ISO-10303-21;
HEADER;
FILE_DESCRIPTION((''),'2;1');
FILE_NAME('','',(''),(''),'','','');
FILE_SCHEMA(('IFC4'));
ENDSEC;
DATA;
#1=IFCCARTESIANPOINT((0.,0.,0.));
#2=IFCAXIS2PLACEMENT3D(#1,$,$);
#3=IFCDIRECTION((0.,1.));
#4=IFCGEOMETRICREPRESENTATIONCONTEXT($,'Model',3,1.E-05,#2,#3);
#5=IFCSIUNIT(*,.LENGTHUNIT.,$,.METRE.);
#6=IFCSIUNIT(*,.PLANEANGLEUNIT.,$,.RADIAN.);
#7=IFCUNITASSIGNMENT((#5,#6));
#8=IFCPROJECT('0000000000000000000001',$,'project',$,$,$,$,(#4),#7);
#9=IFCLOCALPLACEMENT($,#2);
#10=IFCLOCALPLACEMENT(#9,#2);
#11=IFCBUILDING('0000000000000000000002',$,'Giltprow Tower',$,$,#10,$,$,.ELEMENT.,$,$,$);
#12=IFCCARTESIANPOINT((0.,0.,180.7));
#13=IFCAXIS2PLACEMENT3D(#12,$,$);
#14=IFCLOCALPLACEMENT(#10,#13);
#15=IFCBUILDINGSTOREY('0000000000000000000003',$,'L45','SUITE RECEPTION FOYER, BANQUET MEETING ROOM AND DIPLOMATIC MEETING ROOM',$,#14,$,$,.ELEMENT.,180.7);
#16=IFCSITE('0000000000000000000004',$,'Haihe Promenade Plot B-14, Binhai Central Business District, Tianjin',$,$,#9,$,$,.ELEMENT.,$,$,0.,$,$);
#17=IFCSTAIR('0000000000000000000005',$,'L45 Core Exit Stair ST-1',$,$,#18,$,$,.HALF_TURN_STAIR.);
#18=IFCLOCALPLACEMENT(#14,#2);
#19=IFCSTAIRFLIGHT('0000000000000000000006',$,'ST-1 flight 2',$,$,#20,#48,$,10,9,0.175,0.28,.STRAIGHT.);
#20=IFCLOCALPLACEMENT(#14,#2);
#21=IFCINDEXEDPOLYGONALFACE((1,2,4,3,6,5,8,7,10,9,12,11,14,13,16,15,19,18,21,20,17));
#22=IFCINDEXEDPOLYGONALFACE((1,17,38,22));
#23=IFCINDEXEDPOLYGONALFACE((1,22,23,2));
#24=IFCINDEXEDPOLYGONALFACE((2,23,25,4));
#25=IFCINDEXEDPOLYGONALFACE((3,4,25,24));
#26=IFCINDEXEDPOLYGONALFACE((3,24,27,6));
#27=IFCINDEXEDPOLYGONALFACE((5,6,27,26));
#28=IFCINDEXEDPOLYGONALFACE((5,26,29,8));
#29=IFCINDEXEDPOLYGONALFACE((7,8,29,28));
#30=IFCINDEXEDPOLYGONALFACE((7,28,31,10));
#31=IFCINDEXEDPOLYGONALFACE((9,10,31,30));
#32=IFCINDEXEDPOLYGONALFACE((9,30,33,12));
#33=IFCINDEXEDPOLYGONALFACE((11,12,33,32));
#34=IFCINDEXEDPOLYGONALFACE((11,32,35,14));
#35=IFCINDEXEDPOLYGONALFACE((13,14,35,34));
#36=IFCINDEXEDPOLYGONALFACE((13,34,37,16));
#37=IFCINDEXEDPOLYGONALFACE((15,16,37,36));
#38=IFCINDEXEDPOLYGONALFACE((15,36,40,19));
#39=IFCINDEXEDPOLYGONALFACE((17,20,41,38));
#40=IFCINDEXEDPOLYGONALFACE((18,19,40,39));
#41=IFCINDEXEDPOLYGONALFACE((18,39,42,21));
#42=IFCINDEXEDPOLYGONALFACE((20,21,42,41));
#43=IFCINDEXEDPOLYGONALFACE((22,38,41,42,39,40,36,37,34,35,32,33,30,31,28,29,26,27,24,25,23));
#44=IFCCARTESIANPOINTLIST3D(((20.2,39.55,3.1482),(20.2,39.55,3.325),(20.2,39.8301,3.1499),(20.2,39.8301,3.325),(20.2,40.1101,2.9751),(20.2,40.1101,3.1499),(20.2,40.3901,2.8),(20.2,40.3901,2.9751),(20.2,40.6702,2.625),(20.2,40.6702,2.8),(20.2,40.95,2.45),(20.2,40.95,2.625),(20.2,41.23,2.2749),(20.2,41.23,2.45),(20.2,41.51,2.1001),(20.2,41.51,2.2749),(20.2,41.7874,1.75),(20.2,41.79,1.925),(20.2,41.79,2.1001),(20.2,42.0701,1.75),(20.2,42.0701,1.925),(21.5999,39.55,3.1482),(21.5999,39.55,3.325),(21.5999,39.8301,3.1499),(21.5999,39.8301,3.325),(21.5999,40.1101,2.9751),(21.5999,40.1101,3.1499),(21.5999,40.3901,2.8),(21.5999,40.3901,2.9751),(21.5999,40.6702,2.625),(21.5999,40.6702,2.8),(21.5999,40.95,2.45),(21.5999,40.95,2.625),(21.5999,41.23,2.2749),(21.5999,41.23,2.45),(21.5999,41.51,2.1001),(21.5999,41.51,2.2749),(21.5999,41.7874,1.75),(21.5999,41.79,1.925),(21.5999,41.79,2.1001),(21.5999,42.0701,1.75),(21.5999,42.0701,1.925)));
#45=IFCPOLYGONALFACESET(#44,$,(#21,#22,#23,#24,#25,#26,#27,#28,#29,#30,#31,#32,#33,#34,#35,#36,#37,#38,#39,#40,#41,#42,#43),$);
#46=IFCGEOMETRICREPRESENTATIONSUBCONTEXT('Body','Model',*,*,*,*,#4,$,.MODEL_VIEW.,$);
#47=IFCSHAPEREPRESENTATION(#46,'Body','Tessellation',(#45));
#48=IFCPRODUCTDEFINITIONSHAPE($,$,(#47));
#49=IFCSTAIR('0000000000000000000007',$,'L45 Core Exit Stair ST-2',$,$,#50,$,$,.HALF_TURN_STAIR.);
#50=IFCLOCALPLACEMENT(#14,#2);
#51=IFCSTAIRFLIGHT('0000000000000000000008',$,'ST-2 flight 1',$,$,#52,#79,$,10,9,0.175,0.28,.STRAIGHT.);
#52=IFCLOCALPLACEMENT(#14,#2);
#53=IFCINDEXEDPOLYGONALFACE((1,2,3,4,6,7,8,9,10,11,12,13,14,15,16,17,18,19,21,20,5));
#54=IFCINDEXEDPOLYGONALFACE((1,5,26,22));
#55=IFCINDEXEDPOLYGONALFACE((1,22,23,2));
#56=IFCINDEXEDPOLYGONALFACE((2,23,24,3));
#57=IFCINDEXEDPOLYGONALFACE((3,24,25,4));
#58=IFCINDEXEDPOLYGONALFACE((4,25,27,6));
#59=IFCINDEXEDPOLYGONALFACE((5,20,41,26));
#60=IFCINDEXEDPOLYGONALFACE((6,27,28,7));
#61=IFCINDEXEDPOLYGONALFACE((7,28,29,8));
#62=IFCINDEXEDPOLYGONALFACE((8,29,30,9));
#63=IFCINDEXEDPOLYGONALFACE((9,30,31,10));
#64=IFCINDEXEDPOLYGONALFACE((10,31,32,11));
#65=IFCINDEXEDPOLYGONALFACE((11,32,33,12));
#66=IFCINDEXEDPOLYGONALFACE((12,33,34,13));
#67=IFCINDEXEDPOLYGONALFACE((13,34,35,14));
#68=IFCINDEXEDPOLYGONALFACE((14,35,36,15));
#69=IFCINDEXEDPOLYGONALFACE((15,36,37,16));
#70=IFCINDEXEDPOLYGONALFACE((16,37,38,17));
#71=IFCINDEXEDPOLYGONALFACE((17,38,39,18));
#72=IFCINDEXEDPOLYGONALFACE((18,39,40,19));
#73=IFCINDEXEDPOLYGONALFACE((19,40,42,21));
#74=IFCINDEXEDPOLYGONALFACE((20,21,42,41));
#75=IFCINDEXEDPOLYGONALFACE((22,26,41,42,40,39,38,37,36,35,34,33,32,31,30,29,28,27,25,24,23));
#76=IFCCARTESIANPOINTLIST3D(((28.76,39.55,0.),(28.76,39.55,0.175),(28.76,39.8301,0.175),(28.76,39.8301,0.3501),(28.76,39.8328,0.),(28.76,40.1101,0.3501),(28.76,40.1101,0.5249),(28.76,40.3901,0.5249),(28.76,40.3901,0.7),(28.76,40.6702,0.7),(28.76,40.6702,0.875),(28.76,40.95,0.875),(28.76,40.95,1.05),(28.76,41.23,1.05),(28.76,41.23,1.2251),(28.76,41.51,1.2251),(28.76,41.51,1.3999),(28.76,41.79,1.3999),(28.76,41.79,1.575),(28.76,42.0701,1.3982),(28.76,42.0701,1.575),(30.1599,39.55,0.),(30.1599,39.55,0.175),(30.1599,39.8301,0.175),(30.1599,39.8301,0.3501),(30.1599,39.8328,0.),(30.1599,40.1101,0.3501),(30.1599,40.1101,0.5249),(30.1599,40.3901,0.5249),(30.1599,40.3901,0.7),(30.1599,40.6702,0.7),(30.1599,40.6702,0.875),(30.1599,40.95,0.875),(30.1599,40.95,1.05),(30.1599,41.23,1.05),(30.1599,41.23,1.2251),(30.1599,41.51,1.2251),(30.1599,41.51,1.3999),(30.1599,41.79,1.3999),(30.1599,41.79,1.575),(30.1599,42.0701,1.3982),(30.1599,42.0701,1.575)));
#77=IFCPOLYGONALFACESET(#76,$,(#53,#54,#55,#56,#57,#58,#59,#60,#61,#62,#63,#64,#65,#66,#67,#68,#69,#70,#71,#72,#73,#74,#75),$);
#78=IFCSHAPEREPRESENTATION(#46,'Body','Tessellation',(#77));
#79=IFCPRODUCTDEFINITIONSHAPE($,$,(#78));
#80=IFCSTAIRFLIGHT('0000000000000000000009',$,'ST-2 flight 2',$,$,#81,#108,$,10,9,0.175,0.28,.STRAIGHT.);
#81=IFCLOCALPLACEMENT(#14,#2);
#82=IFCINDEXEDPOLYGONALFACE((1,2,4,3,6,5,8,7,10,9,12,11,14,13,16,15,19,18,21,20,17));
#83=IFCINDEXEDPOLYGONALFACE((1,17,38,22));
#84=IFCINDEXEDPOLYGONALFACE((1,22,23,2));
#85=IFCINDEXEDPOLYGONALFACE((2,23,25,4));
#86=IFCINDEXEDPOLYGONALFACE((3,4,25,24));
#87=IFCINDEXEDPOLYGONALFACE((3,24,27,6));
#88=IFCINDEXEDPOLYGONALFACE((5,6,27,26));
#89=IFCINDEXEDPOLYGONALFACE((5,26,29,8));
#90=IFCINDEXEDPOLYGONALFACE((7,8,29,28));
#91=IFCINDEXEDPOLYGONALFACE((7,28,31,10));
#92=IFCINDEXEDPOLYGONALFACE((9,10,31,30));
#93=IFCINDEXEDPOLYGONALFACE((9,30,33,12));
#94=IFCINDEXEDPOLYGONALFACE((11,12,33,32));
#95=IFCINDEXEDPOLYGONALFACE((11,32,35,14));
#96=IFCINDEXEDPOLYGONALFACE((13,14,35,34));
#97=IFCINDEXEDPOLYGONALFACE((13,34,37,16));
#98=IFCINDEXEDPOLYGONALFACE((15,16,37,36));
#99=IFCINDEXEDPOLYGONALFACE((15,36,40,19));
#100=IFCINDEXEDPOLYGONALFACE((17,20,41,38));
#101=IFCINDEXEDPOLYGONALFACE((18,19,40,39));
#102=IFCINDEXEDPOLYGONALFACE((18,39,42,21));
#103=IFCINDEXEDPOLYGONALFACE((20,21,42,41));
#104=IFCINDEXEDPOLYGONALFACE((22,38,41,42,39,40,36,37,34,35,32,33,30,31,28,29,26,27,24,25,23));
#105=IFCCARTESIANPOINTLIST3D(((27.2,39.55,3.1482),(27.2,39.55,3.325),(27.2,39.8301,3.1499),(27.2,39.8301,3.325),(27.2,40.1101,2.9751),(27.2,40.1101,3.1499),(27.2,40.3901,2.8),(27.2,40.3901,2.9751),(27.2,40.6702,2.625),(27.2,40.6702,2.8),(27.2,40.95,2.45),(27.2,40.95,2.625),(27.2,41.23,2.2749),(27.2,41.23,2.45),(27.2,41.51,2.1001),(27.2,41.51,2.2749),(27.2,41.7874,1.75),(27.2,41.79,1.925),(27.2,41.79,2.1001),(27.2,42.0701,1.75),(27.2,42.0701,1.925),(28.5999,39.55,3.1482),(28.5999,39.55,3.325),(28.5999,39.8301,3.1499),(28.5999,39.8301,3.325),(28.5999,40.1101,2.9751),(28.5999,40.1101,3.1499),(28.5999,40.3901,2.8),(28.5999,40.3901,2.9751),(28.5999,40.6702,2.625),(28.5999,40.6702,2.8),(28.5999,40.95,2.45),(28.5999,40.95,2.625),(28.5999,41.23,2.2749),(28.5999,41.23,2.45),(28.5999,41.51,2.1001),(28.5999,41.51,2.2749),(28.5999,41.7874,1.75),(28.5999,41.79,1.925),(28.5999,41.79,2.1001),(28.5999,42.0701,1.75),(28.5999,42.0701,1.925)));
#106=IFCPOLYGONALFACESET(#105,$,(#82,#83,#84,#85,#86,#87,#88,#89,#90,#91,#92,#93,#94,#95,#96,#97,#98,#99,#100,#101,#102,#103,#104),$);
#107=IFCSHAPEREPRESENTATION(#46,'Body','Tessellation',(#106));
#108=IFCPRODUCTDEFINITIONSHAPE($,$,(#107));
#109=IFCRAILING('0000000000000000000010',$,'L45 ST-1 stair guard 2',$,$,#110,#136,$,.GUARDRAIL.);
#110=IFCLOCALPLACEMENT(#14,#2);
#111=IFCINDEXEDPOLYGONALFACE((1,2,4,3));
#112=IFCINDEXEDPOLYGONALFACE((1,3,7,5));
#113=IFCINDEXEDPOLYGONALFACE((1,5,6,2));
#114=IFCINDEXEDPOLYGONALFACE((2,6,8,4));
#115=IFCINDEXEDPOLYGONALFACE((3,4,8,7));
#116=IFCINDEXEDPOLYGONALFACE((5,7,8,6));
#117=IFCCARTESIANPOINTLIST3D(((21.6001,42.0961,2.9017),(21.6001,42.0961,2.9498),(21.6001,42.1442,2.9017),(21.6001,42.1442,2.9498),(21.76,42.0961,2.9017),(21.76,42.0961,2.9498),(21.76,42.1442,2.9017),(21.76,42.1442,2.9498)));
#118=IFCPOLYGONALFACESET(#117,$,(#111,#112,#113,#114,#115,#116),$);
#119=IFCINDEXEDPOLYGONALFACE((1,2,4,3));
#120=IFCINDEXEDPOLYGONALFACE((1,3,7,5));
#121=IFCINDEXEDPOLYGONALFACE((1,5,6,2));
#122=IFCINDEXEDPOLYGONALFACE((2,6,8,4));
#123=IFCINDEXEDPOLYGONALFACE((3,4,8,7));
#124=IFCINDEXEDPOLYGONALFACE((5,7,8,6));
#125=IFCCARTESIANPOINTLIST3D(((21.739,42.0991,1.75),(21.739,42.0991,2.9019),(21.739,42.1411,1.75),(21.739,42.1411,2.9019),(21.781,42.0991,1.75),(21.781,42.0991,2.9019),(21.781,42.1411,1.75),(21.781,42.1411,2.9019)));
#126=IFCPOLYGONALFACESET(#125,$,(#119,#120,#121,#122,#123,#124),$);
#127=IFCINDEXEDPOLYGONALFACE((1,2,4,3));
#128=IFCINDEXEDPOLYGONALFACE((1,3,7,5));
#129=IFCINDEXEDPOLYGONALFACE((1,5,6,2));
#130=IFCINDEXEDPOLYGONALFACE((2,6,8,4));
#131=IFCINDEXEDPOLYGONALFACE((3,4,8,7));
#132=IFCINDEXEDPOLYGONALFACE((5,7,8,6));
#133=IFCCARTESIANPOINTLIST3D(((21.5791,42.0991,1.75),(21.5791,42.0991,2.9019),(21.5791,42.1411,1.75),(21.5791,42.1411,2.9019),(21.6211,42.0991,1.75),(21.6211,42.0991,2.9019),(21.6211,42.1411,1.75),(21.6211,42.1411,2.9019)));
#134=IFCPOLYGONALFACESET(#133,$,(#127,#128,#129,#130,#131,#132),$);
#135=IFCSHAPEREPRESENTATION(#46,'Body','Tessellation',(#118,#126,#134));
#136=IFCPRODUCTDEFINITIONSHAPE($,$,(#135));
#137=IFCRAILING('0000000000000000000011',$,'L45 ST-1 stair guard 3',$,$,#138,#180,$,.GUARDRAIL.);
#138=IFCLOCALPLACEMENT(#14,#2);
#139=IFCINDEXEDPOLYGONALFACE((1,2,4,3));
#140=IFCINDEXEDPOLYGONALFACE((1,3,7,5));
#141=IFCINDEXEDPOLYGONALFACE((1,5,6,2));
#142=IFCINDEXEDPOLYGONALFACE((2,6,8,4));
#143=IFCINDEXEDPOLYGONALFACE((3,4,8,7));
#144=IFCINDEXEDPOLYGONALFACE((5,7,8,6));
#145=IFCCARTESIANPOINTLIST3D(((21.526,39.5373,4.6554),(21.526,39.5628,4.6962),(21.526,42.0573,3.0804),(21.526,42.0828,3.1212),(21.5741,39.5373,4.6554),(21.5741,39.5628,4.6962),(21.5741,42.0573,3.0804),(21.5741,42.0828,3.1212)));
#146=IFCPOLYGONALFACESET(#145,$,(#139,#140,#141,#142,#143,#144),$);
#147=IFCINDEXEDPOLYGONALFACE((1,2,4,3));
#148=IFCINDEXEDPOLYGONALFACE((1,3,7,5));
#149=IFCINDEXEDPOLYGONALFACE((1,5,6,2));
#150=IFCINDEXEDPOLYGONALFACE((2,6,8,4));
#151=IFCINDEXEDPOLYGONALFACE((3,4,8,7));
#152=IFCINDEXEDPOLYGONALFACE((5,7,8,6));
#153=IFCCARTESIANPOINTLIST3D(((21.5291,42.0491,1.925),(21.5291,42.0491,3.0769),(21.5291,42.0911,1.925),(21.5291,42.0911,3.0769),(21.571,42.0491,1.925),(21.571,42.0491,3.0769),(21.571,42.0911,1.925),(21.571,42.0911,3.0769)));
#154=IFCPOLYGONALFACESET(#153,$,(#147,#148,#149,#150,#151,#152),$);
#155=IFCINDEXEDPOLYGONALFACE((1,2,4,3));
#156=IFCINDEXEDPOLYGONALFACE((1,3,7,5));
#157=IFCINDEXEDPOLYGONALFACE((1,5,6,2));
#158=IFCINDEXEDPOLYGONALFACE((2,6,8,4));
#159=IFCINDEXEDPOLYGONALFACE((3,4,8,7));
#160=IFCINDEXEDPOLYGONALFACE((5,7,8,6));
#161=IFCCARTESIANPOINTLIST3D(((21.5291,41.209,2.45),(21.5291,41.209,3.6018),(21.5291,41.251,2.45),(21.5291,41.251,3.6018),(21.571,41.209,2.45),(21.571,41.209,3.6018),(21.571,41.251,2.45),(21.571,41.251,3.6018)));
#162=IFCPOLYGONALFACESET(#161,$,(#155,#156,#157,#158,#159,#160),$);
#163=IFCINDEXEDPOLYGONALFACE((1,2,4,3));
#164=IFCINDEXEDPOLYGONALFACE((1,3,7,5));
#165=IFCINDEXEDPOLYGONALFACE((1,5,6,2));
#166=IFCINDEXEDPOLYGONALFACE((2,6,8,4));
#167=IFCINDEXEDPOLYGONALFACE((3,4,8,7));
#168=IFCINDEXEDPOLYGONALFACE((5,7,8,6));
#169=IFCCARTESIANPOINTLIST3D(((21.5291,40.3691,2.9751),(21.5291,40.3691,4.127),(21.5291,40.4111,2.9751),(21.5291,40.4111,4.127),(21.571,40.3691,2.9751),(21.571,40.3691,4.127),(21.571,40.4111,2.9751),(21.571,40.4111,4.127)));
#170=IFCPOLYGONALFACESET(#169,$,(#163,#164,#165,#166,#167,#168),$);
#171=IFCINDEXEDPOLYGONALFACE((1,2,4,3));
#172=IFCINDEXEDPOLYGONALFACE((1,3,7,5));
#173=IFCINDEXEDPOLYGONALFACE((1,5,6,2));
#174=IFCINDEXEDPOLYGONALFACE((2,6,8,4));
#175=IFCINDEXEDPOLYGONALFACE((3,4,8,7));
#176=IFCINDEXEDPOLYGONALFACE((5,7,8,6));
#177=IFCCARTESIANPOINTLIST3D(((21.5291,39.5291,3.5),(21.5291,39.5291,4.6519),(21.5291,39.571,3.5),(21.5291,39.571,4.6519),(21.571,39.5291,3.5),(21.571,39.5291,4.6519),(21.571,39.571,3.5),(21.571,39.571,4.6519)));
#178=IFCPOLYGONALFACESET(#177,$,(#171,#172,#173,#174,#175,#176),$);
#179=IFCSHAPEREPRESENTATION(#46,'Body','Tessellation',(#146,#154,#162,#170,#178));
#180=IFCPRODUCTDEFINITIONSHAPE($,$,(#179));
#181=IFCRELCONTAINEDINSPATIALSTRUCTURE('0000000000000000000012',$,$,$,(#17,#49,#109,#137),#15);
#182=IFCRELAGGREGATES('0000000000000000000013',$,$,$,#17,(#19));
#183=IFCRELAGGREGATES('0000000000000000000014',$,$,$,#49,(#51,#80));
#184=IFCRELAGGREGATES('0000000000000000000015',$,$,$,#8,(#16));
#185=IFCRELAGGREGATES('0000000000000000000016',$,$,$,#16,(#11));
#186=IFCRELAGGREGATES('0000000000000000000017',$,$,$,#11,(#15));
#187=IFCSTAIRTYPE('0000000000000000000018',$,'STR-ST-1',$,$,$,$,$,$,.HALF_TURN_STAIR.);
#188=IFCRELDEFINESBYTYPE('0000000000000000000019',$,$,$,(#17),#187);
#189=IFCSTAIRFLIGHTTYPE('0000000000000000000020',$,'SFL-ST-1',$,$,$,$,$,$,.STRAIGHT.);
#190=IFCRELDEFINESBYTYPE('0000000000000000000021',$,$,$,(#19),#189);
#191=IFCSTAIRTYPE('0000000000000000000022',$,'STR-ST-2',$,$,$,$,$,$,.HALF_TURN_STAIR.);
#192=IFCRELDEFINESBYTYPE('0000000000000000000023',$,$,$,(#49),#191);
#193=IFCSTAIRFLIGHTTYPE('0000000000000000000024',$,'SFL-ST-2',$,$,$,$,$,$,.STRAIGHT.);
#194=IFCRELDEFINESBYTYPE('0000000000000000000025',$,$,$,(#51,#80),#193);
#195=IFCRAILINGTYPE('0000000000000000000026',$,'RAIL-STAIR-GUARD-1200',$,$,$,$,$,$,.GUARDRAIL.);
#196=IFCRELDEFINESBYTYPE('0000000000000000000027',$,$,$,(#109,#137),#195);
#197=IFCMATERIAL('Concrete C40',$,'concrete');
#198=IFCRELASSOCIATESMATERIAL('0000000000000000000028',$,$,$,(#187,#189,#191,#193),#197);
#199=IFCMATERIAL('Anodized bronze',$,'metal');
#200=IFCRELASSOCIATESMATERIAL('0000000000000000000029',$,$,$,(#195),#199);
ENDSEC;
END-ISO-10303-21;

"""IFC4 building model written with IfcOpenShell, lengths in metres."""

from ifc_helpers import new_model, si_unit, direction, frame, origin, origin_2d, place, context, subcontext, project, spatial, polyline, rectangle, outline, extrude, material, type_object, element, aggregate, save


model = new_model("IFC4")

# Units and contexts
model_context = context("Model", 3, precision=1e-05, world=origin(), true_north=direction((0.0, 1.0)))
body_context = subcontext(model_context, "Body", "Model", "MODEL_VIEW")
ifc_project = project(units=[si_unit("LENGTHUNIT", "METRE"), si_unit("PLANEANGLEUNIT", "RADIAN")], contexts=[model_context])

# Site, building, storey
site_placement = place(None, origin())
site = spatial("IfcSite", under=ifc_project, at=site_placement, Name="Haihe Promenade Plot B-14, Binhai Central Business District, Tianjin", CompositionType="ELEMENT", RefElevation=0.0)
building_placement = place(site_placement, origin())
building = spatial("IfcBuilding", under=site, at=building_placement, Name="Giltprow Tower", CompositionType="ELEMENT")
storey_placement = place(building_placement, frame((0.0, 0.0, 180.7)))
storey = spatial("IfcBuildingStorey", under=building, at=storey_placement, Name="L45", Description="SUITE RECEPTION FOYER, BANQUET MEETING ROOM AND DIPLOMATIC MEETING ROOM", CompositionType="ELEMENT", Elevation=180.7)

# Shared definitions
ifc_material_1 = material(Name="Concrete C40", Category="concrete")

# Stair, stair flight
stair_type_1 = type_object("IfcStairType", Name="STR-ST-1", PredefinedType="HALF_TURN_STAIR", material=ifc_material_1)
stair_1_placement = place(storey_placement, origin())
stair_1 = element("IfcStair", 1, at=stair_1_placement, inside=storey, type_object=stair_type_1, Name="L45 Core Exit Stair ST-1", PredefinedType="HALF_TURN_STAIR")
stair_flight_type_1 = type_object("IfcStairFlightType", Name="SFL-ST-1", PredefinedType="STRAIGHT", material=ifc_material_1)
stair_flight_1_placement = place(storey_placement, frame((20.8999, 42.0701, 1.75), z_axis=(0.0, 0.0, 1.0), x_axis=(0.0, -1.0, 0.0)))
stair_flight_1 = element("IfcStairFlight", 2, at=stair_flight_1_placement, type_object=stair_flight_type_1, Name="ST-1 flight 2", NumberOfRisers=10, NumberOfTreads=9, PredefinedType="STRAIGHT", RiserHeight=0.175, TreadLength=0.28, context=body_context, shape_type="SweptSolid", body=[
    extrude(outline(polyline([(0.0, 0.0), (0.0, 0.175), (0.28, 0.175), (0.28, 0.3501), (0.5601, 0.3501), (0.5601, 0.5249), (0.8401, 0.5249), (0.8401, 0.7), (1.1201, 0.7), (1.1201, 0.875), (1.3999, 0.875), (1.3999, 1.05), (1.6799, 1.05), (1.6799, 1.2251), (1.96, 1.2251), (1.96, 1.3999), (2.24, 1.3999), (2.24, 1.575), (2.52, 1.575), (2.52, 1.75), (2.52, 1.3982), (0.2827, 0.0), (0.0, 0.0)])), frame((0.0, 0.7, 0.0), z_axis=(0.0, -1.0, 0.0), x_axis=(1.0, 0.0, 0.0)), (0.0, 0.0, 1.0), 1.3999),
])
aggregate(stair_1, [stair_flight_1])

# Stair, stair flights
stair_type_2 = type_object("IfcStairType", Name="STR-ST-2", PredefinedType="HALF_TURN_STAIR", material=ifc_material_1)
stair_2_placement = place(storey_placement, origin())
stair_2 = element("IfcStair", 3, at=stair_2_placement, inside=storey, type_object=stair_type_2, Name="L45 Core Exit Stair ST-2", PredefinedType="HALF_TURN_STAIR")
stair_flight_type_2 = type_object("IfcStairFlightType", Name="SFL-ST-2", PredefinedType="STRAIGHT", material=ifc_material_1)
stair_flight_2_placement = place(storey_placement, frame((29.46, 39.55, 0.0), z_axis=(0.0, 0.0, 1.0), x_axis=(0.0, 1.0, 0.0)))
stair_flight_2 = element("IfcStairFlight", 4, at=stair_flight_2_placement, type_object=stair_flight_type_2, Name="ST-2 flight 1", NumberOfRisers=10, NumberOfTreads=9, PredefinedType="STRAIGHT", RiserHeight=0.175, TreadLength=0.28, context=body_context, shape_type="SweptSolid", body=[
    extrude(outline(polyline([(0.0, 0.0), (0.0, 0.175), (0.28, 0.175), (0.28, 0.3501), (0.5601, 0.3501), (0.5601, 0.5249), (0.8401, 0.5249), (0.8401, 0.7), (1.1201, 0.7), (1.1201, 0.875), (1.3999, 0.875), (1.3999, 1.05), (1.6799, 1.05), (1.6799, 1.2251), (1.96, 1.2251), (1.96, 1.3999), (2.24, 1.3999), (2.24, 1.575), (2.52, 1.575), (2.52, 1.75), (2.52, 1.3982), (0.2827, 0.0), (0.0, 0.0)])), frame((0.0, 0.7, 0.0), z_axis=(0.0, -1.0, 0.0), x_axis=(1.0, 0.0, 0.0)), (0.0, 0.0, 1.0), 1.3999),
])
stair_flight_3_placement = place(storey_placement, frame((27.8999, 42.0701, 1.75), z_axis=(0.0, 0.0, 1.0), x_axis=(0.0, -1.0, 0.0)))
stair_flight_3 = element("IfcStairFlight", 5, at=stair_flight_3_placement, type_object=stair_flight_type_2, Name="ST-2 flight 2", NumberOfRisers=10, NumberOfTreads=9, PredefinedType="STRAIGHT", RiserHeight=0.175, TreadLength=0.28, context=body_context, shape_type="SweptSolid", body=[
    extrude(outline(polyline([(0.0, 0.0), (0.0, 0.175), (0.28, 0.175), (0.28, 0.3501), (0.5601, 0.3501), (0.5601, 0.5249), (0.8401, 0.5249), (0.8401, 0.7), (1.1201, 0.7), (1.1201, 0.875), (1.3999, 0.875), (1.3999, 1.05), (1.6799, 1.05), (1.6799, 1.2251), (1.96, 1.2251), (1.96, 1.3999), (2.24, 1.3999), (2.24, 1.575), (2.52, 1.575), (2.52, 1.75), (2.52, 1.3982), (0.2827, 0.0), (0.0, 0.0)])), frame((0.0, 0.7, 0.0), z_axis=(0.0, -1.0, 0.0), x_axis=(1.0, 0.0, 0.0)), (0.0, 0.0, 1.0), 1.3999),
])
aggregate(stair_2, [stair_flight_2, stair_flight_3])

# Railings
ifc_material_2 = material(Name="Anodized bronze", Category="metal")
railing_type_1 = type_object("IfcRailingType", Name="RAIL-STAIR-GUARD-1200", PredefinedType="GUARDRAIL", material=ifc_material_2)
railing_1_placement = place(storey_placement, frame((21.76, 42.1201, 1.75)))
element("IfcRailing", 6, at=railing_1_placement, inside=storey, type_object=railing_type_1, Name="L45 ST-1 stair guard 2", PredefinedType="GUARDRAIL", context=body_context, shape_type="SweptSolid", body=[
    extrude(rectangle(XDim=0.0481, YDim=0.0481, at=origin_2d()), frame((0.0, 0.0, 1.1758), z_axis=(-1.0, 0.0, 0.0), x_axis=(0.0, -1.0, 0.0)), (0.0, 0.0, 1.0), 0.1599),
    extrude(rectangle(XDim=0.042, YDim=0.042, at=origin_2d()), origin(), (0.0, 0.0, 1.0), 1.1519),
    extrude(rectangle(XDim=0.042, YDim=0.042, at=origin_2d()), frame((-0.1599, 0.0, 0.0)), (0.0, 0.0, 1.0), 1.1519),
])
railing_2_placement = place(storey_placement, frame((21.55, 42.0701, 1.925)))
element("IfcRailing", 7, at=railing_2_placement, inside=storey, type_object=railing_type_1, Name="L45 ST-1 stair guard 3", PredefinedType="GUARDRAIL", context=body_context, shape_type="SweptSolid", body=[
    extrude(rectangle(XDim=0.0481, YDim=0.0481, at=origin_2d()), frame((0.0, 0.0, 1.1758), z_axis=(0.0, -0.848008, 0.529984), x_axis=(1.0, 0.0, 0.0)), (0.0, 0.0, 1.0), 2.9717),
    extrude(rectangle(XDim=0.042, YDim=0.042, at=origin_2d()), origin(), (0.0, 0.0, 1.0), 1.1519),
    extrude(rectangle(XDim=0.042, YDim=0.042, at=origin_2d()), frame((0.0, -0.8401, 0.5249)), (0.0, 0.0, 1.0), 1.1519),
    extrude(rectangle(XDim=0.042, YDim=0.042, at=origin_2d()), frame((0.0, -1.6799, 1.05)), (0.0, 0.0, 1.0), 1.1519),
    extrude(rectangle(XDim=0.042, YDim=0.042, at=origin_2d()), frame((0.0, -2.52, 1.575)), (0.0, 0.0, 1.0), 1.1519),
])

save(model, "model.ifc")
